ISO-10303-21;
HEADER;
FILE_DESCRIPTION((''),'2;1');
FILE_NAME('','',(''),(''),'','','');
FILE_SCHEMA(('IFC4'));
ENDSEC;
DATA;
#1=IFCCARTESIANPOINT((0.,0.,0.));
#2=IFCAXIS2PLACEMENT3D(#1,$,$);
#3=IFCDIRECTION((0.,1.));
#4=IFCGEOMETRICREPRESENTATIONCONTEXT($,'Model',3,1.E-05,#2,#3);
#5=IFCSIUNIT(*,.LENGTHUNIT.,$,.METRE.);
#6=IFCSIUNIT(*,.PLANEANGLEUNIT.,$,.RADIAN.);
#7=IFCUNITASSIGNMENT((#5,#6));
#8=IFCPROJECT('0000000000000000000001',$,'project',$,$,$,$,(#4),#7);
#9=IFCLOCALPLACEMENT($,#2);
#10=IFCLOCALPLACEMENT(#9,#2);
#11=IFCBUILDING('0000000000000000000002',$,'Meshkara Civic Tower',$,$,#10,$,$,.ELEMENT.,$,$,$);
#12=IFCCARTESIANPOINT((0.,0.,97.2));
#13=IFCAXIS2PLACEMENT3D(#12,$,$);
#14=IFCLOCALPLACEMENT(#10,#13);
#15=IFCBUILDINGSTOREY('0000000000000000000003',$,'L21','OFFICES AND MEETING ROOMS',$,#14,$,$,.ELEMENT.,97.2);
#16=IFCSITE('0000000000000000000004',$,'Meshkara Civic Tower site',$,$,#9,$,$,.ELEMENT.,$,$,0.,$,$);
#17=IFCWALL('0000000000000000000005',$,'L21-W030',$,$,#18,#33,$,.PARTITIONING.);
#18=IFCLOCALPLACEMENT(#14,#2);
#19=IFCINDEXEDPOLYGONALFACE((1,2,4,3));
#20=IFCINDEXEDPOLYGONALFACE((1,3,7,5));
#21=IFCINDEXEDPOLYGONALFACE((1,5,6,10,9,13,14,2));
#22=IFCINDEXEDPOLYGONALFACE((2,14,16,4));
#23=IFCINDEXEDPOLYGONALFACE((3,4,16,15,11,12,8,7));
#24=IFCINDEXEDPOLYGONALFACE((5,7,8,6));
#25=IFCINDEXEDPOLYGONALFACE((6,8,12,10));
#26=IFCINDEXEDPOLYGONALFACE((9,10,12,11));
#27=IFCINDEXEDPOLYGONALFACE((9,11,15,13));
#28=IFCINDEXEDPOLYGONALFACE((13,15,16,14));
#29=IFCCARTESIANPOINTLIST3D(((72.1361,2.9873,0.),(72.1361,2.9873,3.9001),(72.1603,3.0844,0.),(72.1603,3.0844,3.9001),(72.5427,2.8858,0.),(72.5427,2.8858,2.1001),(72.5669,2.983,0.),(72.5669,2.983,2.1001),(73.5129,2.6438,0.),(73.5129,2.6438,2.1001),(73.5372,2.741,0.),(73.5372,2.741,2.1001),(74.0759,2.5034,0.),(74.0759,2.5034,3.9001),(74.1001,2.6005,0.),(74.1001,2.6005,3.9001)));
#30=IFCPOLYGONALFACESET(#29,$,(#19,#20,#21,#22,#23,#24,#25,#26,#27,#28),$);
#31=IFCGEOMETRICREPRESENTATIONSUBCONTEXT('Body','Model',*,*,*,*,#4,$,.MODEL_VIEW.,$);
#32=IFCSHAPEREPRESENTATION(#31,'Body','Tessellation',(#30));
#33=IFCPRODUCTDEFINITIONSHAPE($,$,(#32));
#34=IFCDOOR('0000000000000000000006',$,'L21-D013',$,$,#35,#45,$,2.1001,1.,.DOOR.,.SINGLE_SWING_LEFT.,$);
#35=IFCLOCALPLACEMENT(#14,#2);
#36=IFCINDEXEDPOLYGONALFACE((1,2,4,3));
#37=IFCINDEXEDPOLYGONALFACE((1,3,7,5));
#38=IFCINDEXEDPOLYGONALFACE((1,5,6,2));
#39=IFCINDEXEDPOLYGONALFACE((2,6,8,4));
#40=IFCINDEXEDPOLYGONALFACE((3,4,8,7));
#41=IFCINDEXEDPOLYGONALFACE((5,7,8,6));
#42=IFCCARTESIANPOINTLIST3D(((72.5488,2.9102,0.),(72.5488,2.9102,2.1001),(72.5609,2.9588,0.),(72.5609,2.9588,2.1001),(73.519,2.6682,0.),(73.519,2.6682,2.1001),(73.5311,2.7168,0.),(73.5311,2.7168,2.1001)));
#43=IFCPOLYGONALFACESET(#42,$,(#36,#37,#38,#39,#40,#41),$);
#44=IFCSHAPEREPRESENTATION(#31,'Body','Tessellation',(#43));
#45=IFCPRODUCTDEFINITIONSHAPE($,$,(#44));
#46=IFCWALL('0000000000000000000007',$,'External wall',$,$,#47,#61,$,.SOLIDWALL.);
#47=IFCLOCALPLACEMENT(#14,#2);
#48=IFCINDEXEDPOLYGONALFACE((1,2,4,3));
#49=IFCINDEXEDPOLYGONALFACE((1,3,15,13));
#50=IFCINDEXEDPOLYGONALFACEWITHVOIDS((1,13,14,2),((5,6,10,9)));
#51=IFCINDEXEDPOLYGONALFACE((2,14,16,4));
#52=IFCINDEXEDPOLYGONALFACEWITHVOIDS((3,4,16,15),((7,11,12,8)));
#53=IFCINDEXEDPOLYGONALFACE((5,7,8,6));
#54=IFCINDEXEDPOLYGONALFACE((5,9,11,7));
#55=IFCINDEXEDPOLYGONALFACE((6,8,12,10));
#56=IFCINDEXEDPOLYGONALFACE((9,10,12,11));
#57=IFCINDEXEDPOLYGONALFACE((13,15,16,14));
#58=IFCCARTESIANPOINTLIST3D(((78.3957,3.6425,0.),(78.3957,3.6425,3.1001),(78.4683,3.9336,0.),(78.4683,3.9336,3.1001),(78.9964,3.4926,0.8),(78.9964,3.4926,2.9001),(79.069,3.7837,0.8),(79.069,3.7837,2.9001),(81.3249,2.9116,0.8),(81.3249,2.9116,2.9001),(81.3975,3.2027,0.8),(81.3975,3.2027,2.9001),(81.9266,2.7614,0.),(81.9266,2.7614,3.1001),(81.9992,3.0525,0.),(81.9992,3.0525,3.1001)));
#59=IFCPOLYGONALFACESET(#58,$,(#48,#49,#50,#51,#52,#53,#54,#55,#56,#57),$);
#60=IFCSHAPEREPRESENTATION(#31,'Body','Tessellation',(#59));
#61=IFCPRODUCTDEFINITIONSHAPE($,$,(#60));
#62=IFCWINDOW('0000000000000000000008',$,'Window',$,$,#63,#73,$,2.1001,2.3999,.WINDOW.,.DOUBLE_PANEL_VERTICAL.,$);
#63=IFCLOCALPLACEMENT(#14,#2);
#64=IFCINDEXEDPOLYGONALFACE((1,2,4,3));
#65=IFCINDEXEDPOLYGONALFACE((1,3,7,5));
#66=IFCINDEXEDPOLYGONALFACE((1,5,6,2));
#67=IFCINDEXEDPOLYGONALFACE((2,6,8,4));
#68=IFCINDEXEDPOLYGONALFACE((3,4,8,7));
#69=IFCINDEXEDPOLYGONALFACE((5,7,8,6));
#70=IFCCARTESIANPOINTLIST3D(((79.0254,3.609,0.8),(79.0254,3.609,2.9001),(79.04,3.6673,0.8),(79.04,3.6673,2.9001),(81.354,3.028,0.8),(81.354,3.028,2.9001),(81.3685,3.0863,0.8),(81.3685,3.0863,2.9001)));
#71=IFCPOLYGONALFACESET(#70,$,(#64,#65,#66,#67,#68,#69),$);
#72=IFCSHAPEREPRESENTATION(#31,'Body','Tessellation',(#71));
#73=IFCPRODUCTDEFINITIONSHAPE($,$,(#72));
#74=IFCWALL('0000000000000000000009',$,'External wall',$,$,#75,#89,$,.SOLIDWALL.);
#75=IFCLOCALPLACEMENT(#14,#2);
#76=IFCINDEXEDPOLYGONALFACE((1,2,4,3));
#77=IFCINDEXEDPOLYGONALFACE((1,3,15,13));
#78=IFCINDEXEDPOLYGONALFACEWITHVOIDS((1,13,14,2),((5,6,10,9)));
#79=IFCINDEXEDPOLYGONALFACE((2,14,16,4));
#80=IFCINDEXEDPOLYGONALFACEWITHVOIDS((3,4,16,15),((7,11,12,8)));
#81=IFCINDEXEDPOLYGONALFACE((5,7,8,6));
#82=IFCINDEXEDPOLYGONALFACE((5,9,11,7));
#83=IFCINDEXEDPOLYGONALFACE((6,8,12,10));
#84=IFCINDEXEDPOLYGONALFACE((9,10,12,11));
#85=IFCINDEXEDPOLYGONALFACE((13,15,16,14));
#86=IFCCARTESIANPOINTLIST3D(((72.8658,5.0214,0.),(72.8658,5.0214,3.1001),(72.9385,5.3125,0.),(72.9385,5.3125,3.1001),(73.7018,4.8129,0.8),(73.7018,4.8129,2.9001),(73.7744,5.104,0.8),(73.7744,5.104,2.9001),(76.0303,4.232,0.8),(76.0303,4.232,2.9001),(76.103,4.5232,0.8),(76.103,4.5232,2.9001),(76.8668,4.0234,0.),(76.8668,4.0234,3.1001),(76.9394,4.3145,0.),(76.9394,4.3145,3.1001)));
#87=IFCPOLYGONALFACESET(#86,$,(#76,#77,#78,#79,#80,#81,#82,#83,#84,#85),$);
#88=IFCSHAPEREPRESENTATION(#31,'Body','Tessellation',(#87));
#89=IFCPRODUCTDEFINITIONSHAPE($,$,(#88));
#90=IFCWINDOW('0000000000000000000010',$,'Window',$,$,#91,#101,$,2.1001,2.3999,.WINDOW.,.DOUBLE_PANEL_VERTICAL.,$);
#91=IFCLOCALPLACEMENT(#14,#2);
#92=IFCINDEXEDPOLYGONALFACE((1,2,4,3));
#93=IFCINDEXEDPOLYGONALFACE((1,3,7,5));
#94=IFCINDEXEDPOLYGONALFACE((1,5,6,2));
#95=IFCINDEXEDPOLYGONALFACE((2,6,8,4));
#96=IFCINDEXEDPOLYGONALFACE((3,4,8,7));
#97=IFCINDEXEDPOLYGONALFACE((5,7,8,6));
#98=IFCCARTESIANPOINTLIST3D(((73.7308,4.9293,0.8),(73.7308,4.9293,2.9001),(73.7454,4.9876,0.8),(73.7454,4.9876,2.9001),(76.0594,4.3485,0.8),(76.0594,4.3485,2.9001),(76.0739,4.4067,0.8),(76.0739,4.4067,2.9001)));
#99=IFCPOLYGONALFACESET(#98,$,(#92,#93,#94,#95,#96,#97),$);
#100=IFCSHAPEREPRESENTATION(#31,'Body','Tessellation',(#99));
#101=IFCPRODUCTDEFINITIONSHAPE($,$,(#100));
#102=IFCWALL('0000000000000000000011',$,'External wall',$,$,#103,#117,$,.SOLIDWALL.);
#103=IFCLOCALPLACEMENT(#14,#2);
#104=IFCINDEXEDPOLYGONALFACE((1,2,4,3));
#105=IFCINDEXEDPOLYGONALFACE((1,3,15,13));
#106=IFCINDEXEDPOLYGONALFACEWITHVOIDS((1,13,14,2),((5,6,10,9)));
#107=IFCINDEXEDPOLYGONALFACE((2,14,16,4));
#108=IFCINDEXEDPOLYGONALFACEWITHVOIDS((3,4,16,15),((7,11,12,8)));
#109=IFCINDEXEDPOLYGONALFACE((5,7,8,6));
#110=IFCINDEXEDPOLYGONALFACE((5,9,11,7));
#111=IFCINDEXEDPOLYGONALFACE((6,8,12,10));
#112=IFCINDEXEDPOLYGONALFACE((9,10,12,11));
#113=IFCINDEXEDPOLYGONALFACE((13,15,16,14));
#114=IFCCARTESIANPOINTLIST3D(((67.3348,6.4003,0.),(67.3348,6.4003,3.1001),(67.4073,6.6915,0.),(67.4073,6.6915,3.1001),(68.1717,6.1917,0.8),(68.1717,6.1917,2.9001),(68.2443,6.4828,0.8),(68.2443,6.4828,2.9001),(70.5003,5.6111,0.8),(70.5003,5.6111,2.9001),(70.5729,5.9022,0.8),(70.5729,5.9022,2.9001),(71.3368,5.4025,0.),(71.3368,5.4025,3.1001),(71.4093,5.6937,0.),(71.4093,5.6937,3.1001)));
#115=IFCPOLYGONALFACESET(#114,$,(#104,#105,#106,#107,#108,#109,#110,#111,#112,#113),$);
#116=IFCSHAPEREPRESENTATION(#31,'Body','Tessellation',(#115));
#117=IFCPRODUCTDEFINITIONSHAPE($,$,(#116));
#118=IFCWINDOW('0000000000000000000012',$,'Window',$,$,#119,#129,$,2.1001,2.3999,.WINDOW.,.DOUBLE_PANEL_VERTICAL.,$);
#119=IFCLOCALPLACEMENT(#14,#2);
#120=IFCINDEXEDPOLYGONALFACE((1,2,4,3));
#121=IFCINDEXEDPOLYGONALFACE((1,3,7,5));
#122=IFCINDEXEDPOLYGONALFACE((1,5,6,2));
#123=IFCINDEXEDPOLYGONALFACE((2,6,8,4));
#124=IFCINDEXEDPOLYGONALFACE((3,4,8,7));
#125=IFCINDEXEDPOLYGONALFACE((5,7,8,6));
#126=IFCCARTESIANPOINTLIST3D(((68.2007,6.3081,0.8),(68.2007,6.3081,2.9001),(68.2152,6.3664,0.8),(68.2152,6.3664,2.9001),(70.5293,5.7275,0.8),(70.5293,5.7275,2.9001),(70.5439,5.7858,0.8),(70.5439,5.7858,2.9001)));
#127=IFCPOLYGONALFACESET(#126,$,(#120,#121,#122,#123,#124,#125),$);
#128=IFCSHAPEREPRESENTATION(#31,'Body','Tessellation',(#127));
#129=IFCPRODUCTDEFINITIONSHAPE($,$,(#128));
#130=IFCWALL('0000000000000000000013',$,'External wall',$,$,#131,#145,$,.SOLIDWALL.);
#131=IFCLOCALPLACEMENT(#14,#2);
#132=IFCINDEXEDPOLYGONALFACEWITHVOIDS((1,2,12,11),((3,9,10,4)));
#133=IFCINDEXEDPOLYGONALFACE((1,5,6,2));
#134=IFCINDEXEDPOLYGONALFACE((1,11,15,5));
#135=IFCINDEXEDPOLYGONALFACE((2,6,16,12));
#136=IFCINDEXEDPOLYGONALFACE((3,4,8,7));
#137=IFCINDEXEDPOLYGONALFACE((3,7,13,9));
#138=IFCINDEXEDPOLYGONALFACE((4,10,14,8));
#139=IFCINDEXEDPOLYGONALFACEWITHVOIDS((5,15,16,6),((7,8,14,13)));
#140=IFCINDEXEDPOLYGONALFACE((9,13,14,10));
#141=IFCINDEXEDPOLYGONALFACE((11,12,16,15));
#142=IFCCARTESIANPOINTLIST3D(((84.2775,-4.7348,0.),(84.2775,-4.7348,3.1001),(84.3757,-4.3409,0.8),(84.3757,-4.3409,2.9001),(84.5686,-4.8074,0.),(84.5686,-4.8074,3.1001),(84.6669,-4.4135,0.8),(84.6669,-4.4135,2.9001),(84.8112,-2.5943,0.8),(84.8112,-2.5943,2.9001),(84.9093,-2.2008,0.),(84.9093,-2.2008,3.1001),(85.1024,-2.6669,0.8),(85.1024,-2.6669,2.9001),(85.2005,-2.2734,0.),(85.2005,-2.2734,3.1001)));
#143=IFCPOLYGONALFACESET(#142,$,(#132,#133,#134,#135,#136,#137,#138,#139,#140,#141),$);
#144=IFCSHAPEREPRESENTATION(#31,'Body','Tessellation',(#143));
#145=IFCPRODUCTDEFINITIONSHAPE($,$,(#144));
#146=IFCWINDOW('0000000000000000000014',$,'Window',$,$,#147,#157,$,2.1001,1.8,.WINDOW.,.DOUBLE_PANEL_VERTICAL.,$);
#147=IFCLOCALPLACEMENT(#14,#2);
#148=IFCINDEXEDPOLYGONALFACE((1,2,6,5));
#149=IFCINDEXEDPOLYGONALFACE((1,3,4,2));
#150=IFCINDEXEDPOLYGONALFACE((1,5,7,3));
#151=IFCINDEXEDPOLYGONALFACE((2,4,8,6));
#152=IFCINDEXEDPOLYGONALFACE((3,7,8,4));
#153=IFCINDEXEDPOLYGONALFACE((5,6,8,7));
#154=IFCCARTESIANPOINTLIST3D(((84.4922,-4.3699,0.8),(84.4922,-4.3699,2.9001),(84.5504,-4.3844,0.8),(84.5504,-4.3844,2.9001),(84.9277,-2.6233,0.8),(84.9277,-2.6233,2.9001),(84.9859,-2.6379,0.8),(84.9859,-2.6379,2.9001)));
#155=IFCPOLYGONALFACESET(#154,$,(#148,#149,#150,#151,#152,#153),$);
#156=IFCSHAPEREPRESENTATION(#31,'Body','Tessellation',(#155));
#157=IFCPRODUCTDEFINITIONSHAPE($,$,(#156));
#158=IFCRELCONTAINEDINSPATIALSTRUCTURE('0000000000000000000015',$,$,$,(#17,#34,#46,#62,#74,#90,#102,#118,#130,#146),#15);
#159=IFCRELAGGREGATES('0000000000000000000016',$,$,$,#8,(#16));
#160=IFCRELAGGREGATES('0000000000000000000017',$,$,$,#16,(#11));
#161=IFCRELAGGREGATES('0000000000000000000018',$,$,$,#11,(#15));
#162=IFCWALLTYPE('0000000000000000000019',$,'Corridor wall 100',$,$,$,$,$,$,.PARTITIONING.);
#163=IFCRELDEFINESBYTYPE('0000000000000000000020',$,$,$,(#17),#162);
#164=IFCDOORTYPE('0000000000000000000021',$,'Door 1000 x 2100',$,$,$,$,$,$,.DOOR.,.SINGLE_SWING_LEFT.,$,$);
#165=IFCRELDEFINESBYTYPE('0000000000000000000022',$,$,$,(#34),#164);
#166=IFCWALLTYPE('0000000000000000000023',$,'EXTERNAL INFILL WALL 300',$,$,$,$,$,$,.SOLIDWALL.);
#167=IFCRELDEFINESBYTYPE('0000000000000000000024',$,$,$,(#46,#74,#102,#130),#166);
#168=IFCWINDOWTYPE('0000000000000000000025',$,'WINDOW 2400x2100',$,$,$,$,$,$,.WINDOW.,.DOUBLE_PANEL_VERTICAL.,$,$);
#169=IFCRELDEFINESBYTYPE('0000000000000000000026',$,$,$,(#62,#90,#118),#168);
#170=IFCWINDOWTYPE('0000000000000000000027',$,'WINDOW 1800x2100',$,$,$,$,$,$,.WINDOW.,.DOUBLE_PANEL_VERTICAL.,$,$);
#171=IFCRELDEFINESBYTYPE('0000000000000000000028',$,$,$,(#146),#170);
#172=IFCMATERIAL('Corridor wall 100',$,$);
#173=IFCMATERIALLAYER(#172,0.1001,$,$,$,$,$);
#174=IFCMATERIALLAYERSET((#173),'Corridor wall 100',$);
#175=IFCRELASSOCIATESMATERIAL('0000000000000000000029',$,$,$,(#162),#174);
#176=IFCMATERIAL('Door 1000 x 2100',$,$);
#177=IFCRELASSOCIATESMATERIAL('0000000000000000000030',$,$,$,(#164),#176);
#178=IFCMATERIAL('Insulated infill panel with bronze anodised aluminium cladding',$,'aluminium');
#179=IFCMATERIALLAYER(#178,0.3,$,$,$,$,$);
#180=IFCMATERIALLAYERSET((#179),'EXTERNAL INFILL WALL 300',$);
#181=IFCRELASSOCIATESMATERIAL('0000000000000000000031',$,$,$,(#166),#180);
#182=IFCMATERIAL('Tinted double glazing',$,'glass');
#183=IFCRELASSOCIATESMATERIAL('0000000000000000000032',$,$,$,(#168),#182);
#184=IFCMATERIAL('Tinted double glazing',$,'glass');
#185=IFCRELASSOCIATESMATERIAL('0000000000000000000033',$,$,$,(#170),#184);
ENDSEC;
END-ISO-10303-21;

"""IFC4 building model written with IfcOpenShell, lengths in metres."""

from ifc_helpers import new_model, si_unit, direction, frame, frame_2d, origin, place, context, subcontext, project, spatial, rectangle, extrude, material, layer, layer_set, type_object, element, fill, save


model = new_model("IFC4")

# Units and contexts
model_context = context("Model", 3, precision=1e-05, world=origin(), true_north=direction((0.0, 1.0)))
body_context = subcontext(model_context, "Body", "Model", "MODEL_VIEW")
ifc_project = project(units=[si_unit("LENGTHUNIT", "METRE"), si_unit("PLANEANGLEUNIT", "RADIAN")], contexts=[model_context])

# Site, building, storey
site_placement = place(None, origin())
site = spatial("IfcSite", under=ifc_project, at=site_placement, Name="Meshkara Civic Tower site", CompositionType="ELEMENT", RefElevation=0.0)
building_placement = place(site_placement, origin())
building = spatial("IfcBuilding", under=site, at=building_placement, Name="Meshkara Civic Tower", CompositionType="ELEMENT")
storey_placement = place(building_placement, frame((0.0, 0.0, 97.2)))
storey = spatial("IfcBuildingStorey", under=building, at=storey_placement, Name="L21", Description="OFFICES AND MEETING ROOMS", CompositionType="ELEMENT", Elevation=97.2)

# Shared definitions
ifc_material_1 = material(Name="Corridor wall 100")
ifc_layer_1 = layer(ifc_material_1, 0.1001)
ifc_layer_set_1 = layer_set([ifc_layer_1], Name="Corridor wall 100")
wall_type_1 = type_object("IfcWallType", Name="Corridor wall 100", PredefinedType="PARTITIONING", material=ifc_layer_set_1)
ifc_material_2 = material(Name="Door 1000 x 2100")
door_type = type_object("IfcDoorType", Name="Door 1000 x 2100", OperationType="SINGLE_SWING_LEFT", PredefinedType="DOOR", material=ifc_material_2)

# Wall, opening, door
wall_1_placement = place(storey_placement, frame((74.0879, 2.552, 0.0), z_axis=(0.0, 0.0, 1.0), x_axis=(-0.970272, 0.242018, 0.0)))
wall_1 = element("IfcWall", 1, at=wall_1_placement, inside=storey, type_object=wall_type_1, Name="L21-W030", PredefinedType="PARTITIONING", context=body_context, shape_type="SweptSolid", body=[
    extrude(rectangle(XDim=1.9993, YDim=0.1001, at=frame_2d((0.9995, 0.0))), origin(), (0.0, 0.0, 1.0), 3.9001),
])
opening_1_placement = place(wall_1_placement, frame((0.5801, 0.0, 0.0)))
opening_1 = element("IfcOpeningElement", 2, at=opening_1_placement, cuts=wall_1, PredefinedType="OPENING", context=body_context, shape_type="SweptSolid", body=[
    extrude(rectangle(XDim=1.0, YDim=2.1001, at=frame_2d((0.5, 1.05))), frame((0.0, 0.0601, 0.0), z_axis=(0.0, -1.0, 0.0), x_axis=(1.0, 0.0, 0.0)), (0.0, 0.0, 1.0), 0.1201),
])
door_1_placement = place(opening_1_placement, origin())
door_1 = element("IfcDoor", 3, at=door_1_placement, inside=storey, type_object=door_type, Name="L21-D013", OperationType="SINGLE_SWING_LEFT", OverallHeight=2.1001, OverallWidth=1.0, PredefinedType="DOOR", context=body_context, shape_type="SweptSolid", body=[
    extrude(rectangle(XDim=1.0, YDim=2.1001, at=frame_2d((0.5, 1.05))), frame((0.0, 0.0249, 0.0), z_axis=(0.0, -1.0, 0.0), x_axis=(1.0, 0.0, 0.0)), (0.0, 0.0, 1.0), 0.05),
])
fill(opening_1, door_1)

# Walls, openings, windows
ifc_material_3 = material(Name="Insulated infill panel with bronze anodised aluminium cladding", Category="aluminium")
ifc_layer_2 = layer(ifc_material_3, 0.3)
ifc_layer_set_2 = layer_set([ifc_layer_2], Name="EXTERNAL INFILL WALL 300")
wall_type_2 = type_object("IfcWallType", Name="EXTERNAL INFILL WALL 300", PredefinedType="SOLIDWALL", material=ifc_layer_set_2)
wall_2_placement = place(storey_placement, frame((81.9629, 2.907, 0.0), z_axis=(0.0, 0.0, 1.0), x_axis=(-0.970249, 0.242109, 0.0)))
wall_2 = element("IfcWall", 4, at=wall_2_placement, inside=storey, type_object=wall_type_2, Name="External wall", PredefinedType="SOLIDWALL", context=body_context, shape_type="SweptSolid", body=[
    extrude(rectangle(XDim=3.6392, YDim=0.3, at=frame_2d((1.8196, 0.0))), origin(), (0.0, 0.0, 1.0), 3.1001),
])
opening_2_placement = place(wall_2_placement, frame((0.6201, 0.0, 0.8)))
opening_2 = element("IfcOpeningElement", 5, at=opening_2_placement, cuts=wall_2, PredefinedType="OPENING", context=body_context, shape_type="SweptSolid", body=[
    extrude(rectangle(XDim=2.3999, YDim=2.1001, at=frame_2d((1.2, 1.05))), frame((0.0, 0.1599, 0.0), z_axis=(0.0, -1.0, 0.0), x_axis=(1.0, 0.0, 0.0)), (0.0, 0.0, 1.0), 0.3201),
])
ifc_material_4 = material(Name="Tinted double glazing", Category="glass")
window_type_1 = type_object("IfcWindowType", Name="WINDOW 2400x2100", PartitioningType="DOUBLE_PANEL_VERTICAL", PredefinedType="WINDOW", material=ifc_material_4)
window_1_placement = place(opening_2_placement, origin())
window_1 = element("IfcWindow", 6, at=window_1_placement, inside=storey, type_object=window_type_1, Name="Window", OverallHeight=2.1001, OverallWidth=2.3999, PartitioningType="DOUBLE_PANEL_VERTICAL", PredefinedType="WINDOW", context=body_context, shape_type="SweptSolid", body=[
    extrude(rectangle(XDim=2.3999, YDim=2.1001, at=frame_2d((1.2, 1.05))), frame((0.0, 0.03, 0.0), z_axis=(0.0, -1.0, 0.0), x_axis=(1.0, 0.0, 0.0)), (0.0, 0.0, 1.0), 0.0601),
])
fill(opening_2, window_1)
wall_3_placement = place(storey_placement, frame((76.9031, 4.1689, 0.0), z_axis=(0.0, 0.0, 1.0), x_axis=(-0.970268, 0.242034, 0.0)))
wall_3 = element("IfcWall", 7, at=wall_3_placement, inside=storey, type_object=wall_type_2, Name="External wall", PredefinedType="SOLIDWALL", context=body_context, shape_type="SweptSolid", body=[
    extrude(rectangle(XDim=4.1235, YDim=0.3, at=frame_2d((2.0618, 0.0))), origin(), (0.0, 0.0, 1.0), 3.1001),
])
opening_3_placement = place(wall_3_placement, frame((0.8621, 0.0, 0.8)))
opening_3 = element("IfcOpeningElement", 8, at=opening_3_placement, cuts=wall_3, PredefinedType="OPENING", context=body_context, shape_type="SweptSolid", body=[
    extrude(rectangle(XDim=2.3999, YDim=2.1001, at=frame_2d((1.2, 1.05))), frame((0.0, 0.1599, 0.0), z_axis=(0.0, -1.0, 0.0), x_axis=(1.0, 0.0, 0.0)), (0.0, 0.0, 1.0), 0.3201),
])
window_2_placement = place(opening_3_placement, origin())
window_2 = element("IfcWindow", 9, at=window_2_placement, inside=storey, type_object=window_type_1, Name="Window", OverallHeight=2.1001, OverallWidth=2.3999, PartitioningType="DOUBLE_PANEL_VERTICAL", PredefinedType="WINDOW", context=body_context, shape_type="SweptSolid", body=[
    extrude(rectangle(XDim=2.3999, YDim=2.1001, at=frame_2d((1.2, 1.05))), frame((0.0, 0.03, 0.0), z_axis=(0.0, -1.0, 0.0), x_axis=(1.0, 0.0, 0.0)), (0.0, 0.0, 1.0), 0.0601),
])
fill(opening_3, window_2)
wall_4_placement = place(storey_placement, frame((71.373, 5.5481, 0.0), z_axis=(0.0, 0.0, 1.0), x_axis=(-0.970296, 0.241923, 0.0)))
wall_4 = element("IfcWall", 10, at=wall_4_placement, inside=storey, type_object=wall_type_2, Name="External wall", PredefinedType="SOLIDWALL", context=body_context, shape_type="SweptSolid", body=[
    extrude(rectangle(XDim=4.1245, YDim=0.3, at=frame_2d((2.0623, 0.0))), origin(), (0.0, 0.0, 1.0), 3.1001),
])
opening_4_placement = place(wall_4_placement, frame((0.8621, 0.0, 0.8)))
opening_4 = element("IfcOpeningElement", 11, at=opening_4_placement, cuts=wall_4, PredefinedType="OPENING", context=body_context, shape_type="SweptSolid", body=[
    extrude(rectangle(XDim=2.3999, YDim=2.1001, at=frame_2d((1.2, 1.05))), frame((0.0, 0.1599, 0.0), z_axis=(0.0, -1.0, 0.0), x_axis=(1.0, 0.0, 0.0)), (0.0, 0.0, 1.0), 0.3201),
])
window_3_placement = place(opening_4_placement, origin())
window_3 = element("IfcWindow", 12, at=window_3_placement, inside=storey, type_object=window_type_1, Name="Window", OverallHeight=2.1001, OverallWidth=2.3999, PartitioningType="DOUBLE_PANEL_VERTICAL", PredefinedType="WINDOW", context=body_context, shape_type="SweptSolid", body=[
    extrude(rectangle(XDim=2.3999, YDim=2.1001, at=frame_2d((1.2, 1.05))), frame((0.0, 0.03, 0.0), z_axis=(0.0, -1.0, 0.0), x_axis=(1.0, 0.0, 0.0)), (0.0, 0.0, 1.0), 0.0601),
])
fill(opening_4, window_3)
wall_5_placement = place(storey_placement, frame((84.4231, -4.771, 0.0), z_axis=(0.0, 0.0, 1.0), x_axis=(0.241942, 0.970291, 0.0)))
wall_5 = element("IfcWall", 13, at=wall_5_placement, inside=storey, type_object=wall_type_2, Name="External wall", PredefinedType="SOLIDWALL", context=body_context, shape_type="SweptSolid", body=[
    extrude(rectangle(XDim=2.6116, YDim=0.3, at=frame_2d((1.3057, 0.0))), origin(), (0.0, 0.0, 1.0), 3.1001),
])
opening_5_placement = place(wall_5_placement, frame((0.406, 0.0, 0.8)))
opening_5 = element("IfcOpeningElement", 14, at=opening_5_placement, cuts=wall_5, PredefinedType="OPENING", context=body_context, shape_type="SweptSolid", body=[
    extrude(rectangle(XDim=1.8, YDim=2.1001, at=frame_2d((0.8999, 1.05))), frame((0.0, 0.1599, 0.0), z_axis=(0.0, -1.0, 0.0), x_axis=(1.0, 0.0, 0.0)), (0.0, 0.0, 1.0), 0.3201),
])
ifc_material_5 = material(Name="Tinted double glazing", Category="glass")
window_type_2 = type_object("IfcWindowType", Name="WINDOW 1800x2100", PartitioningType="DOUBLE_PANEL_VERTICAL", PredefinedType="WINDOW", material=ifc_material_5)
window_4_placement = place(opening_5_placement, origin())
window_4 = element("IfcWindow", 15, at=window_4_placement, inside=storey, type_object=window_type_2, Name="Window", OverallHeight=2.1001, OverallWidth=1.8, PartitioningType="DOUBLE_PANEL_VERTICAL", PredefinedType="WINDOW", context=body_context, shape_type="SweptSolid", body=[
    extrude(rectangle(XDim=1.8, YDim=2.1001, at=frame_2d((0.8999, 1.05))), frame((0.0, 0.03, 0.0), z_axis=(0.0, -1.0, 0.0), x_axis=(1.0, 0.0, 0.0)), (0.0, 0.0, 1.0), 0.0601),
])
fill(opening_5, window_4)

save(model, "model.ifc")
